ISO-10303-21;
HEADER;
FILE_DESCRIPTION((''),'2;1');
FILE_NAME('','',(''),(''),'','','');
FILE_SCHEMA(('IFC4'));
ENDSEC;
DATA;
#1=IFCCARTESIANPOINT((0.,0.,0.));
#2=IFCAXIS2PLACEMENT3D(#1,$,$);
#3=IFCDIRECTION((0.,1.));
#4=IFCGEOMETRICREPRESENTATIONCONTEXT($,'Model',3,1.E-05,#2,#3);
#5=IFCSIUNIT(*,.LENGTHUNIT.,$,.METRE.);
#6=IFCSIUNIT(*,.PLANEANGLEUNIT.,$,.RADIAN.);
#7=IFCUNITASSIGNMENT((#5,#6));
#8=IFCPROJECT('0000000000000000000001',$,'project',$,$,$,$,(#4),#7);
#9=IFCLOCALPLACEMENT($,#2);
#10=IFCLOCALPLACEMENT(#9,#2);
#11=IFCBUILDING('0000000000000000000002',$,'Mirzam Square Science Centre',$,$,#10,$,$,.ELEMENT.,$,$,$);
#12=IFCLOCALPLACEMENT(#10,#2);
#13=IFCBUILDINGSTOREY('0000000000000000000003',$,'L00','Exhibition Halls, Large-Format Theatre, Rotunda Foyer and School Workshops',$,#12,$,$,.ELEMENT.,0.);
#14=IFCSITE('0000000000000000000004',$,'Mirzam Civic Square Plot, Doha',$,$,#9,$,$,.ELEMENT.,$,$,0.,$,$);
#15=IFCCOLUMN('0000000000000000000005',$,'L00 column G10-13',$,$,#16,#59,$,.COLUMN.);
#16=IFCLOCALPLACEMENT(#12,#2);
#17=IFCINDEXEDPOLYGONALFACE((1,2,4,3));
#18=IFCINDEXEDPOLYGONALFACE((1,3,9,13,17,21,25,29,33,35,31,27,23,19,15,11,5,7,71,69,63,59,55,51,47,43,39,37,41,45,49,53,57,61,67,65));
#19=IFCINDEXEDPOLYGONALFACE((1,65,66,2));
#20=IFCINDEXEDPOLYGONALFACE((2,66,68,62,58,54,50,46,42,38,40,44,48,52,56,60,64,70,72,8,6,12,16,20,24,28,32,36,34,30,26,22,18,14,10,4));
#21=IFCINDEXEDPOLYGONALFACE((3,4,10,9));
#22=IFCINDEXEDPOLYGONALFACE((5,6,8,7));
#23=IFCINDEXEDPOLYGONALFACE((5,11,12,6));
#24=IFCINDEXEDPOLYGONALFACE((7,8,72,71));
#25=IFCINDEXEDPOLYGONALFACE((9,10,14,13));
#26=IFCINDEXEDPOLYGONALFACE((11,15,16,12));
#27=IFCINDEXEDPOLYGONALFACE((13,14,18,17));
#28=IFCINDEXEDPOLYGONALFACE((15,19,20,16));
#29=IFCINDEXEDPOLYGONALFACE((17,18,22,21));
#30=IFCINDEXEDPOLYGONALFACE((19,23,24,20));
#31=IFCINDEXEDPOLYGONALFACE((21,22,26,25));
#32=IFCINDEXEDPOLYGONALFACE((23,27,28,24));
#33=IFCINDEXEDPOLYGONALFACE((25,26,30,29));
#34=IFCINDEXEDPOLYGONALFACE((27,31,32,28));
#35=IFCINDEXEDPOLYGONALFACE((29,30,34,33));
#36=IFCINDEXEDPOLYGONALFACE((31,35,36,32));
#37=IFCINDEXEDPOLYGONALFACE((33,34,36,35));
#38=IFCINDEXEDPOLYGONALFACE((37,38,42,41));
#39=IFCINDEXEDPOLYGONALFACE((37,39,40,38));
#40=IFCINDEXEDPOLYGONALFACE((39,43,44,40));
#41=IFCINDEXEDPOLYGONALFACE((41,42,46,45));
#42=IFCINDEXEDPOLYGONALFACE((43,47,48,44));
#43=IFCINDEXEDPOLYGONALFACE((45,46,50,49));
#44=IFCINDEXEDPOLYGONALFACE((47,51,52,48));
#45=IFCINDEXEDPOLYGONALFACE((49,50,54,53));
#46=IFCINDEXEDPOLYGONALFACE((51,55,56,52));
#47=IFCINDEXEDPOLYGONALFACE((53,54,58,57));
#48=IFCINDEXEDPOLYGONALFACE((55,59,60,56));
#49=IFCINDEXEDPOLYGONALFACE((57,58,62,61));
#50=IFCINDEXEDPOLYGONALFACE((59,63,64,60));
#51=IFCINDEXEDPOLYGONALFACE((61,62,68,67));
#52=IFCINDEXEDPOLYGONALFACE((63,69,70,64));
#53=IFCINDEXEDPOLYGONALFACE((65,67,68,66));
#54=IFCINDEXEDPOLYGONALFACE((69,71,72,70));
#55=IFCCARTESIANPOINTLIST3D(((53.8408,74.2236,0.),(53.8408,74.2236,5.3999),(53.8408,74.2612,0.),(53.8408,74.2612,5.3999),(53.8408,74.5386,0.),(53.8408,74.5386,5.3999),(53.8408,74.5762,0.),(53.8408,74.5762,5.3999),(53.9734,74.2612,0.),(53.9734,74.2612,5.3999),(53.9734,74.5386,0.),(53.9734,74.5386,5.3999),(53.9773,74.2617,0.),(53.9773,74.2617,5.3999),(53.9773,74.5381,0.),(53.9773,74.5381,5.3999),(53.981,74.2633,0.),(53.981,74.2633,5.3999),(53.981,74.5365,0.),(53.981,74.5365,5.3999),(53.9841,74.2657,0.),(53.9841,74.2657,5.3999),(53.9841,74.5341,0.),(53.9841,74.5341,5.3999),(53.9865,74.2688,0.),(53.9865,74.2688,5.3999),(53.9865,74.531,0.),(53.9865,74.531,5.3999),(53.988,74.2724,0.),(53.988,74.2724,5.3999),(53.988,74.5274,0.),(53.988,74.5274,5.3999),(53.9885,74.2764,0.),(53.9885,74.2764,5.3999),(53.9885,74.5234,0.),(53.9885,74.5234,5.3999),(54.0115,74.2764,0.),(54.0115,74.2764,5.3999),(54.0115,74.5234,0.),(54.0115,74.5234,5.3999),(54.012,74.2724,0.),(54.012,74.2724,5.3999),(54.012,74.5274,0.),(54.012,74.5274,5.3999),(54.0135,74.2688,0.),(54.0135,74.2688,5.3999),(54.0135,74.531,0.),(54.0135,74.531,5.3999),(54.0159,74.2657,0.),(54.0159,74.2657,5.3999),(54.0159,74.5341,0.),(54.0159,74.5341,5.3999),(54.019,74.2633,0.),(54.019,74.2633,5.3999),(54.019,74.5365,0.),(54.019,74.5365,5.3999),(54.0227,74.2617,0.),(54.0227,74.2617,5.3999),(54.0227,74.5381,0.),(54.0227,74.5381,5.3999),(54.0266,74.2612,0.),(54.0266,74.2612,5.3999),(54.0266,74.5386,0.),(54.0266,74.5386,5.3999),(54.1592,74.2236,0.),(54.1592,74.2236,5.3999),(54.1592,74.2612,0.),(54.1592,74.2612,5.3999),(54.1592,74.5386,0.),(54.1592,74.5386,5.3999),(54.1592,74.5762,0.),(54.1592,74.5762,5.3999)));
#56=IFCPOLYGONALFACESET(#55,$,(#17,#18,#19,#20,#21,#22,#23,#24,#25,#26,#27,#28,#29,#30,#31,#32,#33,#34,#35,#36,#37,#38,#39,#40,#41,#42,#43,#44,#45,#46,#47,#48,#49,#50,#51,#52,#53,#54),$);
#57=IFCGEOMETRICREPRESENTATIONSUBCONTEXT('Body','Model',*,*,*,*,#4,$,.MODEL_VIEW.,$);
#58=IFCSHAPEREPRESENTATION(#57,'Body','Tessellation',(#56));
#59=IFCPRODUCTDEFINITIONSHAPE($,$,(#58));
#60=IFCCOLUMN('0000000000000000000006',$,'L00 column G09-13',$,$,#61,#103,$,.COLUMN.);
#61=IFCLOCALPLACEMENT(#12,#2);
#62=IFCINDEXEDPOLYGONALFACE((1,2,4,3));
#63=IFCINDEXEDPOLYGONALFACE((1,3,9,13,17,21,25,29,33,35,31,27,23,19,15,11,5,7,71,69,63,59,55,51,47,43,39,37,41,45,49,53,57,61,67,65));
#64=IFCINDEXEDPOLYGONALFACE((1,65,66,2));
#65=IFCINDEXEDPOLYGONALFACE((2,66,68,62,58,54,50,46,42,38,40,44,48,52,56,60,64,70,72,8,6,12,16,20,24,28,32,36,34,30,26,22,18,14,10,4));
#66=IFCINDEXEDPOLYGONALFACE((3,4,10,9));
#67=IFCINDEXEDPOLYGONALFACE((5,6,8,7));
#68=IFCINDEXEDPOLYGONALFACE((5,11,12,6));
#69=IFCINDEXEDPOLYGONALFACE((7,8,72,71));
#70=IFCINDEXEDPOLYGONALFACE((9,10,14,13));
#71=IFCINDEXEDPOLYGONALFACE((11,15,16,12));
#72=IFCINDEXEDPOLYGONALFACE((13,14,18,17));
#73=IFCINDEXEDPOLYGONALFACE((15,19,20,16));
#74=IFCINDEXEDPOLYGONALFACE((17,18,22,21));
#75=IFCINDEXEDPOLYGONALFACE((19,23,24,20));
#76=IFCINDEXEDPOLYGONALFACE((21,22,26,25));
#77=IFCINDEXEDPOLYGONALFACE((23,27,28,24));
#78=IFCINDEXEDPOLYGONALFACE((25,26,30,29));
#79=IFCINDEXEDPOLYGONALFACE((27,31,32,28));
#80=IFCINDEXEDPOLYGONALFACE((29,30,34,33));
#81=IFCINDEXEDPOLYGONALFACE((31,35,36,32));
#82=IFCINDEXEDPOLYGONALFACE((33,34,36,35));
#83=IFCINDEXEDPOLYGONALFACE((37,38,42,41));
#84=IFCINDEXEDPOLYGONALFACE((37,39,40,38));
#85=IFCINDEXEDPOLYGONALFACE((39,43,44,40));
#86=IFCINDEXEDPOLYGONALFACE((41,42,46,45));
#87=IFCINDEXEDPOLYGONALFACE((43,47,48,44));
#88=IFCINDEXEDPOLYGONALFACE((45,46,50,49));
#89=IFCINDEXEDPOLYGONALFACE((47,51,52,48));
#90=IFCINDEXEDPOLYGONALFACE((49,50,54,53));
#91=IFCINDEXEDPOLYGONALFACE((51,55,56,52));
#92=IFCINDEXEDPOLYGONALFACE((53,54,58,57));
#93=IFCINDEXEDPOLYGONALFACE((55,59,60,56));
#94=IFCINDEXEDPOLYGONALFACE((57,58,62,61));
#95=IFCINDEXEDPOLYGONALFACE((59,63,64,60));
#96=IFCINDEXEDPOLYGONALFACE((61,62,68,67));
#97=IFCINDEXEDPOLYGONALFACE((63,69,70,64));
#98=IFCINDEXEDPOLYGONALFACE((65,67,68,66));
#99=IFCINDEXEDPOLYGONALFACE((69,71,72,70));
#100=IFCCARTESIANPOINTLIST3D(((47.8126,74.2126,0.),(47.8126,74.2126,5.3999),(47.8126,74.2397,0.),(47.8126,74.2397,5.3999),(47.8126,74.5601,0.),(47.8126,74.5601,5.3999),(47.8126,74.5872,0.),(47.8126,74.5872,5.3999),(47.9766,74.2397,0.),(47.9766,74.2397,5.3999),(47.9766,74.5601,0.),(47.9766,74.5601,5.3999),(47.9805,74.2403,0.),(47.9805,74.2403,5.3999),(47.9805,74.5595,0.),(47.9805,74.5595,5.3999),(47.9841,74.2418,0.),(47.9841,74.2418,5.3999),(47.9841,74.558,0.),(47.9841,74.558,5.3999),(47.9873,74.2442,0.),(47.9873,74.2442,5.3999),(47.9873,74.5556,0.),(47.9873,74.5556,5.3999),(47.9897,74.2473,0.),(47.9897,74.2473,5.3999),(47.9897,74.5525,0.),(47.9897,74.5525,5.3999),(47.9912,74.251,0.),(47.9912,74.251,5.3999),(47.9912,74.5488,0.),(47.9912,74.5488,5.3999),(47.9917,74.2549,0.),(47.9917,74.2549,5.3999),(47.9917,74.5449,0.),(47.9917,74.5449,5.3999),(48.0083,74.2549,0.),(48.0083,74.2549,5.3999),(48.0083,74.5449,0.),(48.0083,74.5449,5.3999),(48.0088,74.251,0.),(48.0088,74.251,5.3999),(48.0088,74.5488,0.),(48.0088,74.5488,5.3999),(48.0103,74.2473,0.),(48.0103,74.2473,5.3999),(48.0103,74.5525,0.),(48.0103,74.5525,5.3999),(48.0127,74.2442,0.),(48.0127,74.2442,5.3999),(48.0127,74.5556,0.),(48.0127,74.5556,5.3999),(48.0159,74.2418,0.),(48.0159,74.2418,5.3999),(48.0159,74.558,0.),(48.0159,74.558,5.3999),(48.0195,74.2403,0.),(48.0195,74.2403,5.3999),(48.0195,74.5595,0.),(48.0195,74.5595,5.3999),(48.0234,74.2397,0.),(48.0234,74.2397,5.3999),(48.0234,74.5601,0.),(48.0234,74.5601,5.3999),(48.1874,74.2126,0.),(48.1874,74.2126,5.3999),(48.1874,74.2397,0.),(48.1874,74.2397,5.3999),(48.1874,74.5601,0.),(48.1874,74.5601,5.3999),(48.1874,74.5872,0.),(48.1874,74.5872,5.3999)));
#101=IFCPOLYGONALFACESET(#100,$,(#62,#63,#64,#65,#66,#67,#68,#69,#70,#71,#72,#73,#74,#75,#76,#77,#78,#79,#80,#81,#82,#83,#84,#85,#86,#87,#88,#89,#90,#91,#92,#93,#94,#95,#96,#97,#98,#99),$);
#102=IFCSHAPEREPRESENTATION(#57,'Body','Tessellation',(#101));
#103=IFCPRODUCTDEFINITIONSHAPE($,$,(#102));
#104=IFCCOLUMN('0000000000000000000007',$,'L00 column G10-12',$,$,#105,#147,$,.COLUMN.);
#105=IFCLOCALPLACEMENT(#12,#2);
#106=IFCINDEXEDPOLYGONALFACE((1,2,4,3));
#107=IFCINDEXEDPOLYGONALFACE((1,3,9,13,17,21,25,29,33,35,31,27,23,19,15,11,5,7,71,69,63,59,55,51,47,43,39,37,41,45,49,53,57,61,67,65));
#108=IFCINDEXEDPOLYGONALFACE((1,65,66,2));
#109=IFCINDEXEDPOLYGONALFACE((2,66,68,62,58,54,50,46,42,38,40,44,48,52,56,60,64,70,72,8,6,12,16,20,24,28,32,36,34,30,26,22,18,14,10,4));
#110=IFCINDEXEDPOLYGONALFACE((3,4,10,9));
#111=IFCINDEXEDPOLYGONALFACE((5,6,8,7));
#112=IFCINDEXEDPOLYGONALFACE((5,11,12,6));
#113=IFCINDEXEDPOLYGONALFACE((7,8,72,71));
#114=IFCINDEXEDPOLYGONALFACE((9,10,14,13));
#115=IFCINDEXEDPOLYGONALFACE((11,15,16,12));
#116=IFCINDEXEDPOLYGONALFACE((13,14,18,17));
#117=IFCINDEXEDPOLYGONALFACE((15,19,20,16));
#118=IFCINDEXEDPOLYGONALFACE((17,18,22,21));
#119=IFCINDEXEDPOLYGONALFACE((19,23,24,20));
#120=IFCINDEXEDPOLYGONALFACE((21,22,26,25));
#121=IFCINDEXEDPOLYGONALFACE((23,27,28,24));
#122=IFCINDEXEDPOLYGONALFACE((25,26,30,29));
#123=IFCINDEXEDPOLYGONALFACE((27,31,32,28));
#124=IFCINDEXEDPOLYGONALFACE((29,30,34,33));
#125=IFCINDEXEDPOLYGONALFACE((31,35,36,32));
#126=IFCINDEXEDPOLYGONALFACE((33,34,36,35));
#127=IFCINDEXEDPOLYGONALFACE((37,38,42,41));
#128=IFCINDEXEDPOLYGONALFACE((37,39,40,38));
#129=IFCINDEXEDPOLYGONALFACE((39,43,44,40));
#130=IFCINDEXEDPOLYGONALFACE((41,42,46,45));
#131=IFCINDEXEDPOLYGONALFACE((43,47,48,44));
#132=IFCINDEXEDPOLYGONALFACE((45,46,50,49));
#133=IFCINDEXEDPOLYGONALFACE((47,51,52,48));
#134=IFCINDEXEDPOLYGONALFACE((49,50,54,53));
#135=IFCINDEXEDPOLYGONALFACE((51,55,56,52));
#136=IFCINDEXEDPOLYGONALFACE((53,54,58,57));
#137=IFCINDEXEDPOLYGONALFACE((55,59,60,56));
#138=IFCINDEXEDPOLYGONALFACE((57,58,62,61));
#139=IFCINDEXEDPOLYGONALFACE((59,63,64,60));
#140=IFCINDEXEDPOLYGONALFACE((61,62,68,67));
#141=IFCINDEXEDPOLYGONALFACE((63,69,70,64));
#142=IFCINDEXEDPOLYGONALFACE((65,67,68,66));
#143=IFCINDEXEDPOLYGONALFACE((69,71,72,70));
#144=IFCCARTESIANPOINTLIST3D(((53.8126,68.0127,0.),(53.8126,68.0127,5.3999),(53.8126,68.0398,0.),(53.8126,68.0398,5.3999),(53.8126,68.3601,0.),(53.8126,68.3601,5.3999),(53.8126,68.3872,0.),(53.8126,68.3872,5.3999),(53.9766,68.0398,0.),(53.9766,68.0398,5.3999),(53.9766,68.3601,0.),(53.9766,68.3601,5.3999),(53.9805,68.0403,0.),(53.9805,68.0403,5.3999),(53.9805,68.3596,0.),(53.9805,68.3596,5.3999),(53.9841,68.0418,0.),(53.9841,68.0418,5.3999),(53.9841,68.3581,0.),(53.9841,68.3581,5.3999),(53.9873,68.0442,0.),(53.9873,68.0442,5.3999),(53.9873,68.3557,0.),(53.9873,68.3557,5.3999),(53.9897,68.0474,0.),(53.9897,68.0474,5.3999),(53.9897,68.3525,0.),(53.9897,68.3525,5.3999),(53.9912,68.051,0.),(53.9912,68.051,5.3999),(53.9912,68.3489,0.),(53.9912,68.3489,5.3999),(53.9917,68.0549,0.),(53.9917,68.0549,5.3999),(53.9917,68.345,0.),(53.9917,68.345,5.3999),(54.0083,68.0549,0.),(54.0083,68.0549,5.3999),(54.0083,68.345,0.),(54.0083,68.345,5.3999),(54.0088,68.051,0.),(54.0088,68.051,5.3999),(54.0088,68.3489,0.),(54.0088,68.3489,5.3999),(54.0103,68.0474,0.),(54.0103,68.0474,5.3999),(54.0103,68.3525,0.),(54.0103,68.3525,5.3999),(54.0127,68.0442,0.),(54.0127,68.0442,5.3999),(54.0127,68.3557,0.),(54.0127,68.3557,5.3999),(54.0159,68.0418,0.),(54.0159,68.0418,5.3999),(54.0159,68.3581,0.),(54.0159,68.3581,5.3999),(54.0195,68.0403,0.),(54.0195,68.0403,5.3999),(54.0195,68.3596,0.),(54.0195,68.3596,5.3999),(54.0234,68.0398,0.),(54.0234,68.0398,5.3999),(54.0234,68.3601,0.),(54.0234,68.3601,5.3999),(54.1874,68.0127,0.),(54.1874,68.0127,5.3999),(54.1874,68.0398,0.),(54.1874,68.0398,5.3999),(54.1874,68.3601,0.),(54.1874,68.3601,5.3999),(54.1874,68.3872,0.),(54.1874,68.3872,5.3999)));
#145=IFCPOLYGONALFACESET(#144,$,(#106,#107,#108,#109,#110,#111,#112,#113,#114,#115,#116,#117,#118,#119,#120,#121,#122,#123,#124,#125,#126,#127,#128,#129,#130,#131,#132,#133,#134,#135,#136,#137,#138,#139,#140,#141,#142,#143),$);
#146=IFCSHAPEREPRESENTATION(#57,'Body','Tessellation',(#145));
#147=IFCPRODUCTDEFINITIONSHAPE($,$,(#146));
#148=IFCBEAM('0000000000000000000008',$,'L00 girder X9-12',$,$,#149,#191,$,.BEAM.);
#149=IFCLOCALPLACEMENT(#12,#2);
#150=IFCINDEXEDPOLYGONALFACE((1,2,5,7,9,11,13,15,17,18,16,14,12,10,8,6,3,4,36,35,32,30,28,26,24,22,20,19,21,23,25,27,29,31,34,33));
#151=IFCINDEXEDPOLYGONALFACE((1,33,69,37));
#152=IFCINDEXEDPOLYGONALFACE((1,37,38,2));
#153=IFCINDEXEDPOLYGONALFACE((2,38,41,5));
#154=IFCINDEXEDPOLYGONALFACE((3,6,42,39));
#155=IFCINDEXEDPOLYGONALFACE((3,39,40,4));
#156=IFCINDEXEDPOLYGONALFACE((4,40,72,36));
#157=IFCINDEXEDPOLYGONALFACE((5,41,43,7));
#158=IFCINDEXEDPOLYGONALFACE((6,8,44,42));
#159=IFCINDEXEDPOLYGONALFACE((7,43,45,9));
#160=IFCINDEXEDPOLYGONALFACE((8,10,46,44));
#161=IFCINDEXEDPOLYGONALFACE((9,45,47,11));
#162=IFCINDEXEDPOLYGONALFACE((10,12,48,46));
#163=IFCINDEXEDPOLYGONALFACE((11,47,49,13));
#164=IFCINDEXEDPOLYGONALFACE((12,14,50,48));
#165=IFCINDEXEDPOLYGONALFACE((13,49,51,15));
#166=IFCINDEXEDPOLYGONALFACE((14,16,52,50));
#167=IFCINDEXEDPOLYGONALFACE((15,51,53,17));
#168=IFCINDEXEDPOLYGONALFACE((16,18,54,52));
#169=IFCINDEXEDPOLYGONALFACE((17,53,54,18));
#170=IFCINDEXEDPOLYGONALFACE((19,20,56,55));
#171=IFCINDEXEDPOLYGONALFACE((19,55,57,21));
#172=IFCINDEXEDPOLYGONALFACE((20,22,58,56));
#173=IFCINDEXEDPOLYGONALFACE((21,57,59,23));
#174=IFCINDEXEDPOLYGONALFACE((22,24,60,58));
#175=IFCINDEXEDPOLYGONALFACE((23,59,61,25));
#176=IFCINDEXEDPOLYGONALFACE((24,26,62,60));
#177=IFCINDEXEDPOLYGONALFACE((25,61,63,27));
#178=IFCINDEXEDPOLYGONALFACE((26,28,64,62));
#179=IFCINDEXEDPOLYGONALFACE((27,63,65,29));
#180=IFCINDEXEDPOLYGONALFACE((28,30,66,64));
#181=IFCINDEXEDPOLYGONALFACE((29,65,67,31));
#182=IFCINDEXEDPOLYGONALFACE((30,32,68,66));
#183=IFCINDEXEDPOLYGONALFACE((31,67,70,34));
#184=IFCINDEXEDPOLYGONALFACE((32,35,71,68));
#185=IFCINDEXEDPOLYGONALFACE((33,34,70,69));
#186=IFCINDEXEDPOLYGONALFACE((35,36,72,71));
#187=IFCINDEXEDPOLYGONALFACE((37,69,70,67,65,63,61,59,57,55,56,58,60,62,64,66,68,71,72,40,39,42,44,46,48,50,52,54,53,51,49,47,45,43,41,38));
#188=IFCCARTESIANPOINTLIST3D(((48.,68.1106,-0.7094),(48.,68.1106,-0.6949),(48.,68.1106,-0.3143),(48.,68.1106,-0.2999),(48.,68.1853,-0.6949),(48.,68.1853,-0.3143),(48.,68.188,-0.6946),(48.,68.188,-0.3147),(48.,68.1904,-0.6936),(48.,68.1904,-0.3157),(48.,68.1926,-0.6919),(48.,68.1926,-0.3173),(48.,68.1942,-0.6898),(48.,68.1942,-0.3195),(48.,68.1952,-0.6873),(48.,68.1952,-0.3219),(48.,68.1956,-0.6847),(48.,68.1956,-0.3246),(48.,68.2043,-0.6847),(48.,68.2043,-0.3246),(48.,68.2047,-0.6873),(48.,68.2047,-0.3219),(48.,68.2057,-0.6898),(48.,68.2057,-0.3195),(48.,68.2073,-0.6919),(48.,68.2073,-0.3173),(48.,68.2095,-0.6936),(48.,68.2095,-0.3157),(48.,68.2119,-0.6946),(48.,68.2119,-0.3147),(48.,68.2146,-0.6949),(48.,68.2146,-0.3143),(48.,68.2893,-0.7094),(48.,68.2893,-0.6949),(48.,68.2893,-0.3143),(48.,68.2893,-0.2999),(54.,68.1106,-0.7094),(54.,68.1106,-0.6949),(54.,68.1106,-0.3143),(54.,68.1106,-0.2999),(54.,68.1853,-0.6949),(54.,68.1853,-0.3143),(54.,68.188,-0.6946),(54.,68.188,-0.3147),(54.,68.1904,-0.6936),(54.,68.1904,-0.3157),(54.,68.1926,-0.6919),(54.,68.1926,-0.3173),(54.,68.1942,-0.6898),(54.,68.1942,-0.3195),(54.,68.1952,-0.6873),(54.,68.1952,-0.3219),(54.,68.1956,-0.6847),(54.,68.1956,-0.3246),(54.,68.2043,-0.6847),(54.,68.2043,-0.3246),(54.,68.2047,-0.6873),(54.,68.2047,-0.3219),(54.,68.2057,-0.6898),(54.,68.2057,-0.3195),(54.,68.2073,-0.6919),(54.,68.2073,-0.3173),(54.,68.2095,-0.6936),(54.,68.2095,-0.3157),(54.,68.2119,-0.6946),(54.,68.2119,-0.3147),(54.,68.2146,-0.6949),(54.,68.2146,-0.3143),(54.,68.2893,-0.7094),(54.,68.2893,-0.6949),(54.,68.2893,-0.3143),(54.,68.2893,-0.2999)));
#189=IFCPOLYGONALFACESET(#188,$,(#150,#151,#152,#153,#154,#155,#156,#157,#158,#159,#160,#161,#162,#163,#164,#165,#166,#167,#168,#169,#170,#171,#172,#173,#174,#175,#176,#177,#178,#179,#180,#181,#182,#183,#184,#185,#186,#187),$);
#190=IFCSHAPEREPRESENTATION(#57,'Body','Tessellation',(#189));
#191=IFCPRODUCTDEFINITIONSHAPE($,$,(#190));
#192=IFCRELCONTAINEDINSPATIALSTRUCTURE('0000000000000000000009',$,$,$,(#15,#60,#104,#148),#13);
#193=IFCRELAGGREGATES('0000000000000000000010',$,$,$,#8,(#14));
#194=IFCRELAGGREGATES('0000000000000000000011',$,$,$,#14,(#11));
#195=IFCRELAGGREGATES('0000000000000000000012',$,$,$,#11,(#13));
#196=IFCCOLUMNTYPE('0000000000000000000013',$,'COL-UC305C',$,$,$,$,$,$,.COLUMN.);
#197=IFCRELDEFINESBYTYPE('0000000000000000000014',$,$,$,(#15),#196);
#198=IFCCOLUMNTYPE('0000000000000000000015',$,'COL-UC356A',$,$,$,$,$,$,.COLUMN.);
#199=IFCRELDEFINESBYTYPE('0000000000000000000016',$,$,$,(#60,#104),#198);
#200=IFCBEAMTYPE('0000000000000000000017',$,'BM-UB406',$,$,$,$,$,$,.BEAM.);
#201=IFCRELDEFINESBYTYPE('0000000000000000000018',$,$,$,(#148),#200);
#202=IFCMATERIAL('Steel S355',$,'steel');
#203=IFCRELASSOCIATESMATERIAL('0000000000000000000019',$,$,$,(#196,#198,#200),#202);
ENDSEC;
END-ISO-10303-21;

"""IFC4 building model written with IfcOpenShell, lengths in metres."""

from ifc_helpers import new_model, si_unit, direction, frame, origin, origin_2d, place, context, subcontext, project, spatial, i_section, extrude, material, material_profile, profile_set, type_object, element, save


model = new_model("IFC4")

# Units and contexts
model_context = context("Model", 3, precision=1e-05, world=origin(), true_north=direction((0.0, 1.0)))
body_context = subcontext(model_context, "Body", "Model", "MODEL_VIEW")
ifc_project = project(units=[si_unit("LENGTHUNIT", "METRE"), si_unit("PLANEANGLEUNIT", "RADIAN")], contexts=[model_context])

# Site, building, storey
site_placement = place(None, origin())
site = spatial("IfcSite", under=ifc_project, at=site_placement, Name="Mirzam Civic Square Plot, Doha", CompositionType="ELEMENT", RefElevation=0.0)
building_placement = place(site_placement, origin())
building = spatial("IfcBuilding", under=site, at=building_placement, Name="Mirzam Square Science Centre", CompositionType="ELEMENT")
storey_placement = place(building_placement, origin())
storey = spatial("IfcBuildingStorey", under=building, at=storey_placement, Name="L00", Description="Exhibition Halls, Large-Format Theatre, Rotunda Foyer and School Workshops", CompositionType="ELEMENT", Elevation=0.0)

# Columns
ifc_material = material(Name="Steel S355", Category="steel")
ifc_material_profile_1 = material_profile(ifc_material, i_section(OverallWidth=0.3184, OverallDepth=0.3525, WebThickness=0.0229, FlangeThickness=0.0376, FilletRadius=0.0151, at=origin_2d()), Name="305x305x240UC")
ifc_profile_set_1 = profile_set([ifc_material_profile_1], Name="Steel S355")
column_type_1 = type_object("IfcColumnType", Name="COL-UC305C", PredefinedType="COLUMN", material=ifc_profile_set_1)
column_1_placement = place(storey_placement, frame((54.0, 74.3999, 0.0), z_axis=(0.0, 0.0, 1.0), x_axis=(1.0, 0.0, 0.0)))
element("IfcColumn", 1, at=column_1_placement, inside=storey, type_object=column_type_1, Name="L00 column G10-13", PredefinedType="COLUMN", context=body_context, shape_type="SweptSolid", body=[
    extrude(i_section(OverallWidth=0.3184, OverallDepth=0.3525, WebThickness=0.0229, FlangeThickness=0.0376, FilletRadius=0.0151, at=origin_2d()), origin(), (0.0, 0.0, 1.0), 5.3999),
])
ifc_material_profile_2 = material_profile(ifc_material, i_section(OverallWidth=0.3748, OverallDepth=0.3745, WebThickness=0.0166, FlangeThickness=0.0271, FilletRadius=0.0151, at=origin_2d()), Name="356x368x202UC")
ifc_profile_set_2 = profile_set([ifc_material_profile_2], Name="Steel S355")
column_type_2 = type_object("IfcColumnType", Name="COL-UC356A", PredefinedType="COLUMN", material=ifc_profile_set_2)
for number, where, z_axis, x_axis, name in (
    (2, (48.0, 74.3999, 0.0), (0.0, 0.0, 1.0), (1.0, 0.0, 0.0), "L00 column G09-13"),
    (3, (54.0, 68.2, 0.0), (0.0, 0.0, 1.0), (1.0, 0.0, 0.0), "L00 column G10-12"),
):
    element("IfcColumn", number, at=place(storey_placement, frame(where, z_axis=z_axis, x_axis=x_axis)), inside=storey, type_object=column_type_2, Name=name, PredefinedType="COLUMN", context=body_context, shape_type="SweptSolid", body=[
        extrude(i_section(OverallWidth=0.3748, OverallDepth=0.3745, WebThickness=0.0166, FlangeThickness=0.0271, FilletRadius=0.0151, at=origin_2d()), origin(), (0.0, 0.0, 1.0), 5.3999),
    ])

# Beam
ifc_material_profile_3 = material_profile(ifc_material, i_section(OverallWidth=0.1787, OverallDepth=0.4094, WebThickness=0.0088, FlangeThickness=0.0144, FilletRadius=0.0103, at=origin_2d()), Name="406x178x67UB")
ifc_profile_set_3 = profile_set([ifc_material_profile_3], Name="Steel S355")
beam_type_1 = type_object("IfcBeamType", Name="BM-UB406", PredefinedType="BEAM", material=ifc_profile_set_3)
beam_1_placement = place(storey_placement, frame((48.0, 68.2, -0.5046), z_axis=(1.0, 0.0, 0.0), x_axis=(0.0, 1.0, 0.0)))
element("IfcBeam", 4, at=beam_1_placement, inside=storey, type_object=beam_type_1, Name="L00 girder X9-12", PredefinedType="BEAM", context=body_context, shape_type="SweptSolid", body=[
    extrude(i_section(OverallWidth=0.1787, OverallDepth=0.4094, WebThickness=0.0088, FlangeThickness=0.0144, FilletRadius=0.0103, at=origin_2d()), origin(), (0.0, 0.0, 1.0), 6.0),
])

save(model, "model.ifc")
